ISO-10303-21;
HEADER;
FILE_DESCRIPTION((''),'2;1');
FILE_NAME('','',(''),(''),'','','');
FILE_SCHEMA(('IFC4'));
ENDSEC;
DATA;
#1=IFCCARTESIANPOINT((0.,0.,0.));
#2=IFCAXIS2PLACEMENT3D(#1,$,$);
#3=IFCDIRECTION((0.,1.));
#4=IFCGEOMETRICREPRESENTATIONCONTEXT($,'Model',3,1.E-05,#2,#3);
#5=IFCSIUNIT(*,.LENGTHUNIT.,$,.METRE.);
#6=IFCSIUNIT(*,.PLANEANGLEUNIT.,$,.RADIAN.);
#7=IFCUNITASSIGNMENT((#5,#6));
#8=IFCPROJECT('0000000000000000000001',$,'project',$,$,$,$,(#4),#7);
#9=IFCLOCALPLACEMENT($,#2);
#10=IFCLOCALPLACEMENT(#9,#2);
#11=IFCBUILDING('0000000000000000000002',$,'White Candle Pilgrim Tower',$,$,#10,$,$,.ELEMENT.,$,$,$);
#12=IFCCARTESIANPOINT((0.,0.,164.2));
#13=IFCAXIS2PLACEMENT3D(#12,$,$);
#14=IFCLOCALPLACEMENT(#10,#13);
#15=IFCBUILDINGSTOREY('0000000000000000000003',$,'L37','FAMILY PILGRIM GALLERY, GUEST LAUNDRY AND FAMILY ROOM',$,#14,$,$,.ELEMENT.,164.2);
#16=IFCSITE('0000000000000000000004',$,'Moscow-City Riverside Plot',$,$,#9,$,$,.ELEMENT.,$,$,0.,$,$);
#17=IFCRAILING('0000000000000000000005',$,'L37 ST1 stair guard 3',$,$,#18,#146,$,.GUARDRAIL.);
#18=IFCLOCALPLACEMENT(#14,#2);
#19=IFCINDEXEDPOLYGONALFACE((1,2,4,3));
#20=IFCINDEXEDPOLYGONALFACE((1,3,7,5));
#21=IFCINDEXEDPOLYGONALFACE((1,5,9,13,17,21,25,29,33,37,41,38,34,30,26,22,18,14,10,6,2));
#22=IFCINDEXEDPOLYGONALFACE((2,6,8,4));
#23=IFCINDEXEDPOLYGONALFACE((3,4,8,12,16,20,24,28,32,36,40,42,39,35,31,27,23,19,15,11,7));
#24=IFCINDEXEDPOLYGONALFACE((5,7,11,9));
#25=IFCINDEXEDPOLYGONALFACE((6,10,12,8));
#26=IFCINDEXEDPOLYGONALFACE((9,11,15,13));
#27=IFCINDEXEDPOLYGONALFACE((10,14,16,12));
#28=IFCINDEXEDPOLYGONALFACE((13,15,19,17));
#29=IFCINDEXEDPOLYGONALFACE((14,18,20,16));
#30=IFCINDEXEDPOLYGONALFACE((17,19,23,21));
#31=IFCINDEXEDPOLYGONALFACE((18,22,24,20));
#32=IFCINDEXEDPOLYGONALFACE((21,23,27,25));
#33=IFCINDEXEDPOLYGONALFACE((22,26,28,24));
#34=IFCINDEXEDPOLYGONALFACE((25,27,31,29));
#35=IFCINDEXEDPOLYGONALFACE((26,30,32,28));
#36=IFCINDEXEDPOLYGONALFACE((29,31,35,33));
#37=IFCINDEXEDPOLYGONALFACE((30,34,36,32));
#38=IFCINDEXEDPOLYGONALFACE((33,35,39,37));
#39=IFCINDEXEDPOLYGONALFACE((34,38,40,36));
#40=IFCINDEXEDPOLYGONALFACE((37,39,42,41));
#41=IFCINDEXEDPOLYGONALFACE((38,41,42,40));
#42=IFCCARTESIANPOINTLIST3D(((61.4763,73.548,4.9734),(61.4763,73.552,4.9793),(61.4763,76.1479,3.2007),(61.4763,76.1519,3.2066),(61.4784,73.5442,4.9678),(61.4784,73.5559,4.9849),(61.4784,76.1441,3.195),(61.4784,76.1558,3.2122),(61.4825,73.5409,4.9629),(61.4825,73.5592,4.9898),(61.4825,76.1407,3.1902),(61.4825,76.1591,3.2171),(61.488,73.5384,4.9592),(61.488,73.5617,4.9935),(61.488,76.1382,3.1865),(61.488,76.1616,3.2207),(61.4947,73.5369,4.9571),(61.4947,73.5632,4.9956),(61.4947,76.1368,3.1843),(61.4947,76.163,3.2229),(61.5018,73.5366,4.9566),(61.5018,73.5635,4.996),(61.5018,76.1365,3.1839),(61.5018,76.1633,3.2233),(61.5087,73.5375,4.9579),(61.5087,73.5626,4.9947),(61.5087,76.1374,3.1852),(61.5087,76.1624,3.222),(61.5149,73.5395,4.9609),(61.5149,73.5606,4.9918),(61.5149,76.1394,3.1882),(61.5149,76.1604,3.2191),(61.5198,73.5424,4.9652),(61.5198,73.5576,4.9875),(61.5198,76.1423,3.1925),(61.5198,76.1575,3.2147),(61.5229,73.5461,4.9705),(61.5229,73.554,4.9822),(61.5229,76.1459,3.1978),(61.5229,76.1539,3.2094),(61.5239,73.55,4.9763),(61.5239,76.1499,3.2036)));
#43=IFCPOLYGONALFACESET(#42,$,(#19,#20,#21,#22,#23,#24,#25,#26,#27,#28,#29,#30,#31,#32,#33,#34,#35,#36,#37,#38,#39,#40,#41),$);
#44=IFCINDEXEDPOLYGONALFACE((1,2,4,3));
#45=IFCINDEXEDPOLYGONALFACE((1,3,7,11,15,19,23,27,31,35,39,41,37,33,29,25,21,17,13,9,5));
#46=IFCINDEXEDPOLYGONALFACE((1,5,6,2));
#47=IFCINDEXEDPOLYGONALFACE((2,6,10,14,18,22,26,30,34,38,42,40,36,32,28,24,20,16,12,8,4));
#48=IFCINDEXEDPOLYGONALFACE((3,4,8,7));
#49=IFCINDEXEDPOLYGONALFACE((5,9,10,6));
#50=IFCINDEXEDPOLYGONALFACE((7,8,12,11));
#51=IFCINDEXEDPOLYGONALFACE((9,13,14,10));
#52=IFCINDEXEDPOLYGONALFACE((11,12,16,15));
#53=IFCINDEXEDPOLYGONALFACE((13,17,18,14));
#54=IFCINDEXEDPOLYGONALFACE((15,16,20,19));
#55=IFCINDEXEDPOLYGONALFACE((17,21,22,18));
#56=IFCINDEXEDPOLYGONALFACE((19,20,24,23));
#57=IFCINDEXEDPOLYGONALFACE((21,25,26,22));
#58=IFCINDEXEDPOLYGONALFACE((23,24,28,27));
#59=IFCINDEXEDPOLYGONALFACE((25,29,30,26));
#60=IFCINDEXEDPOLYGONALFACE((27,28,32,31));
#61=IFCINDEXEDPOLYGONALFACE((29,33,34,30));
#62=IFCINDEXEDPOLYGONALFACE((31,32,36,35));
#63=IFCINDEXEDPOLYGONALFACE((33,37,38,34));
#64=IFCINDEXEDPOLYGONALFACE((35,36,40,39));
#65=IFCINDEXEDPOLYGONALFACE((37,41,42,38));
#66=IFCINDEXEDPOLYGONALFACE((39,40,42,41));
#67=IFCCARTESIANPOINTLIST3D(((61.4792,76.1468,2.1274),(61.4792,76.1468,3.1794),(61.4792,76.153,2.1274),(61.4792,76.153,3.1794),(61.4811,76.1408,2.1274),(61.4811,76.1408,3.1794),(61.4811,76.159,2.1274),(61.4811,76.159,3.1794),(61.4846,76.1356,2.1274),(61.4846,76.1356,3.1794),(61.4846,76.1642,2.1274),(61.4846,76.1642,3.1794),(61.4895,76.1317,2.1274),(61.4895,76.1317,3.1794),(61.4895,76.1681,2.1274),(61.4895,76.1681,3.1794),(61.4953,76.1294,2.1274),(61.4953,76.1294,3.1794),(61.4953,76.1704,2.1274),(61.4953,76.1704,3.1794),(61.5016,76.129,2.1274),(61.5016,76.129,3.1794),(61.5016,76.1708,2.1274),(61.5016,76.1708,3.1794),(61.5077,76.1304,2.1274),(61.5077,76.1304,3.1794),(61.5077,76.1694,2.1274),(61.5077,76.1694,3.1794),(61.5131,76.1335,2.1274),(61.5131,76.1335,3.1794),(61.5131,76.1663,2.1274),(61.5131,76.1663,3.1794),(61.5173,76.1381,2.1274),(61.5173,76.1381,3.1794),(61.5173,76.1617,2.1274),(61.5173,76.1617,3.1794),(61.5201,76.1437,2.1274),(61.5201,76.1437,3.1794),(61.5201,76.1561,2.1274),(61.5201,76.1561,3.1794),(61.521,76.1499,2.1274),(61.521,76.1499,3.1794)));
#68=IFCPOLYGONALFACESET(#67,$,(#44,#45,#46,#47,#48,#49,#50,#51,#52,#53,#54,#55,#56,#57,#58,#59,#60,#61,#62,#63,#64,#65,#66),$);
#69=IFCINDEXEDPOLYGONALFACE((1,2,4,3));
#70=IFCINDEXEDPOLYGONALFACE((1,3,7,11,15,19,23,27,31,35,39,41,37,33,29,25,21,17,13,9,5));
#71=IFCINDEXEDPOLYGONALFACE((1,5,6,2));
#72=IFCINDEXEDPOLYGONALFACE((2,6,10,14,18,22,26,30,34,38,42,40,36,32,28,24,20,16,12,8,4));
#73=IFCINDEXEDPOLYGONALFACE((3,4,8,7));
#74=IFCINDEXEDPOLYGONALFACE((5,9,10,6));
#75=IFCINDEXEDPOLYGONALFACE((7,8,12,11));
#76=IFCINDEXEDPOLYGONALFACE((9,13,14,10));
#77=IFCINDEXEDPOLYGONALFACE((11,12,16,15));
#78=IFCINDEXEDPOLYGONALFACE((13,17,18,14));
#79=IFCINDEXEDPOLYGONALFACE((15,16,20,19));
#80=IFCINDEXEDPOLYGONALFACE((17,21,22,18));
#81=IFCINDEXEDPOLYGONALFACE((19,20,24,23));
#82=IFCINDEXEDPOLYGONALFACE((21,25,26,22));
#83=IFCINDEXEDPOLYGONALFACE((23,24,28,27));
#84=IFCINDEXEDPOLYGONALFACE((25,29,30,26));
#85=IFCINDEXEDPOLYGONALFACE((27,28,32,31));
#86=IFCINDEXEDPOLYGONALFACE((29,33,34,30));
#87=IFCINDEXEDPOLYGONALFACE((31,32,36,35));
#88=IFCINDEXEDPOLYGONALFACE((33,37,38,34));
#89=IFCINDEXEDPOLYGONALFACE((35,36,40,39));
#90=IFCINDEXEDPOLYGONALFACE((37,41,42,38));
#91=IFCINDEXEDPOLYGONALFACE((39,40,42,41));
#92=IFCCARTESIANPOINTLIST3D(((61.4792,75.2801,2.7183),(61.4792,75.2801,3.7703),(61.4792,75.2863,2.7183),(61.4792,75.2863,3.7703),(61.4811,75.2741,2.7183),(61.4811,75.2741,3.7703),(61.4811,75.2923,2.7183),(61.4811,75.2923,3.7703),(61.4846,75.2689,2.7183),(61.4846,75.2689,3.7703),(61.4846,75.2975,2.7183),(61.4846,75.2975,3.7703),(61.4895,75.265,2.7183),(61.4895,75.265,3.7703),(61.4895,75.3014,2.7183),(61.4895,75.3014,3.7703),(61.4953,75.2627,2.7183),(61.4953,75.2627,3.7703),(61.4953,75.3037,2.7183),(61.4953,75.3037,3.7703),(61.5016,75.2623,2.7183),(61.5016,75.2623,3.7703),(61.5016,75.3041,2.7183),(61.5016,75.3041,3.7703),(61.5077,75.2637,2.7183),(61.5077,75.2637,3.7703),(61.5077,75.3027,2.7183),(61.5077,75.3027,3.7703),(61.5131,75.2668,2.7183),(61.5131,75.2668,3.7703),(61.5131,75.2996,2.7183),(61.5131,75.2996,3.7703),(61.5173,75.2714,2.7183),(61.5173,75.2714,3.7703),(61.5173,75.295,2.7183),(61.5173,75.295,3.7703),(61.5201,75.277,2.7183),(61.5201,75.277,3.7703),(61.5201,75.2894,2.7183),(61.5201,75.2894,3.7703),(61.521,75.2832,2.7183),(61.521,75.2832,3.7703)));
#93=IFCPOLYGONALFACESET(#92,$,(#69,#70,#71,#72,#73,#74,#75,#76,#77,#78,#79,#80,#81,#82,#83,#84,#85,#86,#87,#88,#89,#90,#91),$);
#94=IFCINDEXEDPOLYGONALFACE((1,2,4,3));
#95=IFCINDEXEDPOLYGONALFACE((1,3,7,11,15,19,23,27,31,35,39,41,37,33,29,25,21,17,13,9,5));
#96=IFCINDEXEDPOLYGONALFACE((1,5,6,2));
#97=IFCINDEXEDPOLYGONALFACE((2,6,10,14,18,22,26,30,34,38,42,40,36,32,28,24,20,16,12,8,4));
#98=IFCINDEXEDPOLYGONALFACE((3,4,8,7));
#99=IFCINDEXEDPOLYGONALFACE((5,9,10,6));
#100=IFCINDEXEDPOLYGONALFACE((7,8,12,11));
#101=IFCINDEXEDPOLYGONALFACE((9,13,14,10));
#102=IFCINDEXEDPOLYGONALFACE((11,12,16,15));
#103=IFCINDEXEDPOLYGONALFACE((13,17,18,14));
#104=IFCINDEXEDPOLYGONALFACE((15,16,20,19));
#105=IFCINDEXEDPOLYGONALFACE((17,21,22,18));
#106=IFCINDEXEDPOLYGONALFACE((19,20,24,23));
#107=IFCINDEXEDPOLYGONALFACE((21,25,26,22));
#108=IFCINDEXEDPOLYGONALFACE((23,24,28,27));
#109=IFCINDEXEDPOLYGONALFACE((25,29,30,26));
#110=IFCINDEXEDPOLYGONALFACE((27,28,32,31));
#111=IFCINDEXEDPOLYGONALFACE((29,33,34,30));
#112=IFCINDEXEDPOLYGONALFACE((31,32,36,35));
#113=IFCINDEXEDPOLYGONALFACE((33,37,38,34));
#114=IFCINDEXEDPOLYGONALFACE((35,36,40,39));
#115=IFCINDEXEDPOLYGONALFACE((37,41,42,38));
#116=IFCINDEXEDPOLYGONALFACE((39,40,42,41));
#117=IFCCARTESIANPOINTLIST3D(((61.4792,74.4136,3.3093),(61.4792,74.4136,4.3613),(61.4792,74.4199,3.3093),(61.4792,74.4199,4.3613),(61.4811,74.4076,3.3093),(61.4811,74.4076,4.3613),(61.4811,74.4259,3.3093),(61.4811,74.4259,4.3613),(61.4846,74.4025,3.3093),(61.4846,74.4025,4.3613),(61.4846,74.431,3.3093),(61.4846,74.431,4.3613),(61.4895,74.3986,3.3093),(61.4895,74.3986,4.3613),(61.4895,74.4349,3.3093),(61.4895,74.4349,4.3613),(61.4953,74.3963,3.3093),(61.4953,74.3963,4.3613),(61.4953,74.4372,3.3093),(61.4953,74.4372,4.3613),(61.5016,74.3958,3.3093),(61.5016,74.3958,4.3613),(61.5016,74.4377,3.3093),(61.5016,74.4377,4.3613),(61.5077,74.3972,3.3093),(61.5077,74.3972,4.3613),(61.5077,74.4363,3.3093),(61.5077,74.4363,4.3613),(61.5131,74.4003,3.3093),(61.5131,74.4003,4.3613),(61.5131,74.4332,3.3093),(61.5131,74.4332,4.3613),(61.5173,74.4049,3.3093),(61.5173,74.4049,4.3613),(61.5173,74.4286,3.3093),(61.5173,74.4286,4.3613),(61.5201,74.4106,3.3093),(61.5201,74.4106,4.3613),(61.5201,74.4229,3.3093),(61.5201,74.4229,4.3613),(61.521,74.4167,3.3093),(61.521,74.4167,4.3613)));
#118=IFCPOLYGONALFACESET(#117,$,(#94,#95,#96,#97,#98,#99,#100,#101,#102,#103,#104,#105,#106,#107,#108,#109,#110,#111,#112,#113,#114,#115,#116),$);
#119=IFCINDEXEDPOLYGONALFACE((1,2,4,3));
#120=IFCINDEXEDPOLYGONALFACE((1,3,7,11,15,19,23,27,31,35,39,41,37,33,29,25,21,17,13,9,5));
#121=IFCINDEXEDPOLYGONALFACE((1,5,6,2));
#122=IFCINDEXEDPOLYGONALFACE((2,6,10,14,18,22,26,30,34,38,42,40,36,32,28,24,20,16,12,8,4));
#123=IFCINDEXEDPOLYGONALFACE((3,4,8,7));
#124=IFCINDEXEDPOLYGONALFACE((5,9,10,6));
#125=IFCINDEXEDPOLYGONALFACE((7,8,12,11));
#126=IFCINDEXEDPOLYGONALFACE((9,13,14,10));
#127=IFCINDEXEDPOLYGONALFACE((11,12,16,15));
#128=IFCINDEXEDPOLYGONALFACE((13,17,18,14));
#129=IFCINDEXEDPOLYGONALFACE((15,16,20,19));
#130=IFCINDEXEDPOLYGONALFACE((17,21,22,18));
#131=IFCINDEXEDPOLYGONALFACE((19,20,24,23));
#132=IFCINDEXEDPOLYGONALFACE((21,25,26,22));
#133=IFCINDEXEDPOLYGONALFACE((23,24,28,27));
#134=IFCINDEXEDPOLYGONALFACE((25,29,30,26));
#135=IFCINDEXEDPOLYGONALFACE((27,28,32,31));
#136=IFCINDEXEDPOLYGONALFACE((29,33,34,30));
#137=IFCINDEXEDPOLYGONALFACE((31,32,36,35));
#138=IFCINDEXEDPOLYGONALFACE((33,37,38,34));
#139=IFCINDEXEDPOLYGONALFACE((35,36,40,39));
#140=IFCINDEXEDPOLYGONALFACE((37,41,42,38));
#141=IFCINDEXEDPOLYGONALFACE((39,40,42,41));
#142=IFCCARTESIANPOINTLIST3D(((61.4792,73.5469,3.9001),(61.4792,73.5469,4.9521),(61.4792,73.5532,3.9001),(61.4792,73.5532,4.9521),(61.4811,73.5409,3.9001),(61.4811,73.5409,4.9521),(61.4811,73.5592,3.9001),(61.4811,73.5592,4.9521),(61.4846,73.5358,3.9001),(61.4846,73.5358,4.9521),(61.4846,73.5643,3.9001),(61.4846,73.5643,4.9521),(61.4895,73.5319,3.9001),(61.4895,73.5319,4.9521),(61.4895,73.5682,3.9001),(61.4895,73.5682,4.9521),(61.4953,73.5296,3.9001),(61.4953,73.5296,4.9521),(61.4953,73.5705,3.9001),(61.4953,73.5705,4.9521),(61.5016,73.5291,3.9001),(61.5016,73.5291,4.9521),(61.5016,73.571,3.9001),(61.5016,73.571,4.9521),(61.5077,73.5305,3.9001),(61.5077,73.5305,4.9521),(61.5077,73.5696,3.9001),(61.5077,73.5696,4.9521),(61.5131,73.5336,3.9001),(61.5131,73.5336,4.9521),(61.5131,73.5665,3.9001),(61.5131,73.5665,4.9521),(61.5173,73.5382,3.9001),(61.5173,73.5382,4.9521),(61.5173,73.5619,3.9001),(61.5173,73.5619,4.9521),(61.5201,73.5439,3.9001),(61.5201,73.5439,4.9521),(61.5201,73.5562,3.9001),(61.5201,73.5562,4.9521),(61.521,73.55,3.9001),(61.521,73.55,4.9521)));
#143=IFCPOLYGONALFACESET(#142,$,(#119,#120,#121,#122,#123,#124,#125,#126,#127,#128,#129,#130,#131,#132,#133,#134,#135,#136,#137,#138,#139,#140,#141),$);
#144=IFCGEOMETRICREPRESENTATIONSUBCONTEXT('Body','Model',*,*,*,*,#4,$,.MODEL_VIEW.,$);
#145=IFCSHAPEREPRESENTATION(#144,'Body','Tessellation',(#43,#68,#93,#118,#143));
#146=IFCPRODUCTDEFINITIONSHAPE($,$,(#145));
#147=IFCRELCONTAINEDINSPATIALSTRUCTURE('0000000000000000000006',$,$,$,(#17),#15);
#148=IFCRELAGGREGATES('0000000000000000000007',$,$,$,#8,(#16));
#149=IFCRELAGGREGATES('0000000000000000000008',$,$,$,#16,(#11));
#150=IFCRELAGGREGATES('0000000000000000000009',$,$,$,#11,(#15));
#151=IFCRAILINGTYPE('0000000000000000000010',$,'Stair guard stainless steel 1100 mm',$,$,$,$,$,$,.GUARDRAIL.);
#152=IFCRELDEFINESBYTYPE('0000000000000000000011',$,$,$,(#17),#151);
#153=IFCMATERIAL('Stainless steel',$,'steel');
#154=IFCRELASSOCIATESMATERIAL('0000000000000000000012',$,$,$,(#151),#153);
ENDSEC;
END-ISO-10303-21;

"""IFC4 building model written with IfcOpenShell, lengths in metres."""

from ifc_helpers import new_model, si_unit, direction, frame, origin, origin_2d, place, context, subcontext, project, spatial, circle, extrude, material, type_object, element, save


model = new_model("IFC4")

# Units and contexts
model_context = context("Model", 3, precision=1e-05, world=origin(), true_north=direction((0.0, 1.0)))
body_context = subcontext(model_context, "Body", "Model", "MODEL_VIEW")
ifc_project = project(units=[si_unit("LENGTHUNIT", "METRE"), si_unit("PLANEANGLEUNIT", "RADIAN")], contexts=[model_context])

# Site, building, storey
site_placement = place(None, origin())
site = spatial("IfcSite", under=ifc_project, at=site_placement, Name="Moscow-City Riverside Plot", CompositionType="ELEMENT", RefElevation=0.0)
building_placement = place(site_placement, origin())
building = spatial("IfcBuilding", under=site, at=building_placement, Name="White Candle Pilgrim Tower", CompositionType="ELEMENT")
storey_placement = place(building_placement, frame((0.0, 0.0, 164.2)))
storey = spatial("IfcBuildingStorey", under=building, at=storey_placement, Name="L37", Description="FAMILY PILGRIM GALLERY, GUEST LAUNDRY AND FAMILY ROOM", CompositionType="ELEMENT", Elevation=164.2)

# Shared definitions
ifc_material_1 = material(Name="Stainless steel", Category="steel")

# Railing
railing_type_1 = type_object("IfcRailingType", Name="Stair guard stainless steel 1100 mm", PredefinedType="GUARDRAIL", material=ifc_material_1)
railing_1_placement = place(storey_placement, frame((61.5, 76.1499, 2.1274)))
element("IfcRailing", 1, at=railing_1_placement, inside=storey, type_object=railing_type_1, Name="L37 ST1 stair guard 3", PredefinedType="GUARDRAIL", context=body_context, shape_type="SweptSolid", body=[
    extrude(circle(Radius=0.0239, at=origin_2d()), frame((0.0, 0.0, 1.0762), z_axis=(0.0, -0.826216, 0.563354), x_axis=(1.0, 0.0, 0.0)), (0.0, 0.0, 1.0), 3.1467),
    extrude(circle(Radius=0.021, at=origin_2d()), origin(), (0.0, 0.0, 1.0), 1.052),
    extrude(circle(Radius=0.021, at=origin_2d()), frame((0.0, -0.8667, 0.5908)), (0.0, 0.0, 1.0), 1.052),
    extrude(circle(Radius=0.021, at=origin_2d()), frame((0.0, -1.7332, 1.1819)), (0.0, 0.0, 1.0), 1.052),
    extrude(circle(Radius=0.021, at=origin_2d()), frame((0.0, -2.5999, 1.7727)), (0.0, 0.0, 1.0), 1.052),
])

save(model, "model.ifc")
